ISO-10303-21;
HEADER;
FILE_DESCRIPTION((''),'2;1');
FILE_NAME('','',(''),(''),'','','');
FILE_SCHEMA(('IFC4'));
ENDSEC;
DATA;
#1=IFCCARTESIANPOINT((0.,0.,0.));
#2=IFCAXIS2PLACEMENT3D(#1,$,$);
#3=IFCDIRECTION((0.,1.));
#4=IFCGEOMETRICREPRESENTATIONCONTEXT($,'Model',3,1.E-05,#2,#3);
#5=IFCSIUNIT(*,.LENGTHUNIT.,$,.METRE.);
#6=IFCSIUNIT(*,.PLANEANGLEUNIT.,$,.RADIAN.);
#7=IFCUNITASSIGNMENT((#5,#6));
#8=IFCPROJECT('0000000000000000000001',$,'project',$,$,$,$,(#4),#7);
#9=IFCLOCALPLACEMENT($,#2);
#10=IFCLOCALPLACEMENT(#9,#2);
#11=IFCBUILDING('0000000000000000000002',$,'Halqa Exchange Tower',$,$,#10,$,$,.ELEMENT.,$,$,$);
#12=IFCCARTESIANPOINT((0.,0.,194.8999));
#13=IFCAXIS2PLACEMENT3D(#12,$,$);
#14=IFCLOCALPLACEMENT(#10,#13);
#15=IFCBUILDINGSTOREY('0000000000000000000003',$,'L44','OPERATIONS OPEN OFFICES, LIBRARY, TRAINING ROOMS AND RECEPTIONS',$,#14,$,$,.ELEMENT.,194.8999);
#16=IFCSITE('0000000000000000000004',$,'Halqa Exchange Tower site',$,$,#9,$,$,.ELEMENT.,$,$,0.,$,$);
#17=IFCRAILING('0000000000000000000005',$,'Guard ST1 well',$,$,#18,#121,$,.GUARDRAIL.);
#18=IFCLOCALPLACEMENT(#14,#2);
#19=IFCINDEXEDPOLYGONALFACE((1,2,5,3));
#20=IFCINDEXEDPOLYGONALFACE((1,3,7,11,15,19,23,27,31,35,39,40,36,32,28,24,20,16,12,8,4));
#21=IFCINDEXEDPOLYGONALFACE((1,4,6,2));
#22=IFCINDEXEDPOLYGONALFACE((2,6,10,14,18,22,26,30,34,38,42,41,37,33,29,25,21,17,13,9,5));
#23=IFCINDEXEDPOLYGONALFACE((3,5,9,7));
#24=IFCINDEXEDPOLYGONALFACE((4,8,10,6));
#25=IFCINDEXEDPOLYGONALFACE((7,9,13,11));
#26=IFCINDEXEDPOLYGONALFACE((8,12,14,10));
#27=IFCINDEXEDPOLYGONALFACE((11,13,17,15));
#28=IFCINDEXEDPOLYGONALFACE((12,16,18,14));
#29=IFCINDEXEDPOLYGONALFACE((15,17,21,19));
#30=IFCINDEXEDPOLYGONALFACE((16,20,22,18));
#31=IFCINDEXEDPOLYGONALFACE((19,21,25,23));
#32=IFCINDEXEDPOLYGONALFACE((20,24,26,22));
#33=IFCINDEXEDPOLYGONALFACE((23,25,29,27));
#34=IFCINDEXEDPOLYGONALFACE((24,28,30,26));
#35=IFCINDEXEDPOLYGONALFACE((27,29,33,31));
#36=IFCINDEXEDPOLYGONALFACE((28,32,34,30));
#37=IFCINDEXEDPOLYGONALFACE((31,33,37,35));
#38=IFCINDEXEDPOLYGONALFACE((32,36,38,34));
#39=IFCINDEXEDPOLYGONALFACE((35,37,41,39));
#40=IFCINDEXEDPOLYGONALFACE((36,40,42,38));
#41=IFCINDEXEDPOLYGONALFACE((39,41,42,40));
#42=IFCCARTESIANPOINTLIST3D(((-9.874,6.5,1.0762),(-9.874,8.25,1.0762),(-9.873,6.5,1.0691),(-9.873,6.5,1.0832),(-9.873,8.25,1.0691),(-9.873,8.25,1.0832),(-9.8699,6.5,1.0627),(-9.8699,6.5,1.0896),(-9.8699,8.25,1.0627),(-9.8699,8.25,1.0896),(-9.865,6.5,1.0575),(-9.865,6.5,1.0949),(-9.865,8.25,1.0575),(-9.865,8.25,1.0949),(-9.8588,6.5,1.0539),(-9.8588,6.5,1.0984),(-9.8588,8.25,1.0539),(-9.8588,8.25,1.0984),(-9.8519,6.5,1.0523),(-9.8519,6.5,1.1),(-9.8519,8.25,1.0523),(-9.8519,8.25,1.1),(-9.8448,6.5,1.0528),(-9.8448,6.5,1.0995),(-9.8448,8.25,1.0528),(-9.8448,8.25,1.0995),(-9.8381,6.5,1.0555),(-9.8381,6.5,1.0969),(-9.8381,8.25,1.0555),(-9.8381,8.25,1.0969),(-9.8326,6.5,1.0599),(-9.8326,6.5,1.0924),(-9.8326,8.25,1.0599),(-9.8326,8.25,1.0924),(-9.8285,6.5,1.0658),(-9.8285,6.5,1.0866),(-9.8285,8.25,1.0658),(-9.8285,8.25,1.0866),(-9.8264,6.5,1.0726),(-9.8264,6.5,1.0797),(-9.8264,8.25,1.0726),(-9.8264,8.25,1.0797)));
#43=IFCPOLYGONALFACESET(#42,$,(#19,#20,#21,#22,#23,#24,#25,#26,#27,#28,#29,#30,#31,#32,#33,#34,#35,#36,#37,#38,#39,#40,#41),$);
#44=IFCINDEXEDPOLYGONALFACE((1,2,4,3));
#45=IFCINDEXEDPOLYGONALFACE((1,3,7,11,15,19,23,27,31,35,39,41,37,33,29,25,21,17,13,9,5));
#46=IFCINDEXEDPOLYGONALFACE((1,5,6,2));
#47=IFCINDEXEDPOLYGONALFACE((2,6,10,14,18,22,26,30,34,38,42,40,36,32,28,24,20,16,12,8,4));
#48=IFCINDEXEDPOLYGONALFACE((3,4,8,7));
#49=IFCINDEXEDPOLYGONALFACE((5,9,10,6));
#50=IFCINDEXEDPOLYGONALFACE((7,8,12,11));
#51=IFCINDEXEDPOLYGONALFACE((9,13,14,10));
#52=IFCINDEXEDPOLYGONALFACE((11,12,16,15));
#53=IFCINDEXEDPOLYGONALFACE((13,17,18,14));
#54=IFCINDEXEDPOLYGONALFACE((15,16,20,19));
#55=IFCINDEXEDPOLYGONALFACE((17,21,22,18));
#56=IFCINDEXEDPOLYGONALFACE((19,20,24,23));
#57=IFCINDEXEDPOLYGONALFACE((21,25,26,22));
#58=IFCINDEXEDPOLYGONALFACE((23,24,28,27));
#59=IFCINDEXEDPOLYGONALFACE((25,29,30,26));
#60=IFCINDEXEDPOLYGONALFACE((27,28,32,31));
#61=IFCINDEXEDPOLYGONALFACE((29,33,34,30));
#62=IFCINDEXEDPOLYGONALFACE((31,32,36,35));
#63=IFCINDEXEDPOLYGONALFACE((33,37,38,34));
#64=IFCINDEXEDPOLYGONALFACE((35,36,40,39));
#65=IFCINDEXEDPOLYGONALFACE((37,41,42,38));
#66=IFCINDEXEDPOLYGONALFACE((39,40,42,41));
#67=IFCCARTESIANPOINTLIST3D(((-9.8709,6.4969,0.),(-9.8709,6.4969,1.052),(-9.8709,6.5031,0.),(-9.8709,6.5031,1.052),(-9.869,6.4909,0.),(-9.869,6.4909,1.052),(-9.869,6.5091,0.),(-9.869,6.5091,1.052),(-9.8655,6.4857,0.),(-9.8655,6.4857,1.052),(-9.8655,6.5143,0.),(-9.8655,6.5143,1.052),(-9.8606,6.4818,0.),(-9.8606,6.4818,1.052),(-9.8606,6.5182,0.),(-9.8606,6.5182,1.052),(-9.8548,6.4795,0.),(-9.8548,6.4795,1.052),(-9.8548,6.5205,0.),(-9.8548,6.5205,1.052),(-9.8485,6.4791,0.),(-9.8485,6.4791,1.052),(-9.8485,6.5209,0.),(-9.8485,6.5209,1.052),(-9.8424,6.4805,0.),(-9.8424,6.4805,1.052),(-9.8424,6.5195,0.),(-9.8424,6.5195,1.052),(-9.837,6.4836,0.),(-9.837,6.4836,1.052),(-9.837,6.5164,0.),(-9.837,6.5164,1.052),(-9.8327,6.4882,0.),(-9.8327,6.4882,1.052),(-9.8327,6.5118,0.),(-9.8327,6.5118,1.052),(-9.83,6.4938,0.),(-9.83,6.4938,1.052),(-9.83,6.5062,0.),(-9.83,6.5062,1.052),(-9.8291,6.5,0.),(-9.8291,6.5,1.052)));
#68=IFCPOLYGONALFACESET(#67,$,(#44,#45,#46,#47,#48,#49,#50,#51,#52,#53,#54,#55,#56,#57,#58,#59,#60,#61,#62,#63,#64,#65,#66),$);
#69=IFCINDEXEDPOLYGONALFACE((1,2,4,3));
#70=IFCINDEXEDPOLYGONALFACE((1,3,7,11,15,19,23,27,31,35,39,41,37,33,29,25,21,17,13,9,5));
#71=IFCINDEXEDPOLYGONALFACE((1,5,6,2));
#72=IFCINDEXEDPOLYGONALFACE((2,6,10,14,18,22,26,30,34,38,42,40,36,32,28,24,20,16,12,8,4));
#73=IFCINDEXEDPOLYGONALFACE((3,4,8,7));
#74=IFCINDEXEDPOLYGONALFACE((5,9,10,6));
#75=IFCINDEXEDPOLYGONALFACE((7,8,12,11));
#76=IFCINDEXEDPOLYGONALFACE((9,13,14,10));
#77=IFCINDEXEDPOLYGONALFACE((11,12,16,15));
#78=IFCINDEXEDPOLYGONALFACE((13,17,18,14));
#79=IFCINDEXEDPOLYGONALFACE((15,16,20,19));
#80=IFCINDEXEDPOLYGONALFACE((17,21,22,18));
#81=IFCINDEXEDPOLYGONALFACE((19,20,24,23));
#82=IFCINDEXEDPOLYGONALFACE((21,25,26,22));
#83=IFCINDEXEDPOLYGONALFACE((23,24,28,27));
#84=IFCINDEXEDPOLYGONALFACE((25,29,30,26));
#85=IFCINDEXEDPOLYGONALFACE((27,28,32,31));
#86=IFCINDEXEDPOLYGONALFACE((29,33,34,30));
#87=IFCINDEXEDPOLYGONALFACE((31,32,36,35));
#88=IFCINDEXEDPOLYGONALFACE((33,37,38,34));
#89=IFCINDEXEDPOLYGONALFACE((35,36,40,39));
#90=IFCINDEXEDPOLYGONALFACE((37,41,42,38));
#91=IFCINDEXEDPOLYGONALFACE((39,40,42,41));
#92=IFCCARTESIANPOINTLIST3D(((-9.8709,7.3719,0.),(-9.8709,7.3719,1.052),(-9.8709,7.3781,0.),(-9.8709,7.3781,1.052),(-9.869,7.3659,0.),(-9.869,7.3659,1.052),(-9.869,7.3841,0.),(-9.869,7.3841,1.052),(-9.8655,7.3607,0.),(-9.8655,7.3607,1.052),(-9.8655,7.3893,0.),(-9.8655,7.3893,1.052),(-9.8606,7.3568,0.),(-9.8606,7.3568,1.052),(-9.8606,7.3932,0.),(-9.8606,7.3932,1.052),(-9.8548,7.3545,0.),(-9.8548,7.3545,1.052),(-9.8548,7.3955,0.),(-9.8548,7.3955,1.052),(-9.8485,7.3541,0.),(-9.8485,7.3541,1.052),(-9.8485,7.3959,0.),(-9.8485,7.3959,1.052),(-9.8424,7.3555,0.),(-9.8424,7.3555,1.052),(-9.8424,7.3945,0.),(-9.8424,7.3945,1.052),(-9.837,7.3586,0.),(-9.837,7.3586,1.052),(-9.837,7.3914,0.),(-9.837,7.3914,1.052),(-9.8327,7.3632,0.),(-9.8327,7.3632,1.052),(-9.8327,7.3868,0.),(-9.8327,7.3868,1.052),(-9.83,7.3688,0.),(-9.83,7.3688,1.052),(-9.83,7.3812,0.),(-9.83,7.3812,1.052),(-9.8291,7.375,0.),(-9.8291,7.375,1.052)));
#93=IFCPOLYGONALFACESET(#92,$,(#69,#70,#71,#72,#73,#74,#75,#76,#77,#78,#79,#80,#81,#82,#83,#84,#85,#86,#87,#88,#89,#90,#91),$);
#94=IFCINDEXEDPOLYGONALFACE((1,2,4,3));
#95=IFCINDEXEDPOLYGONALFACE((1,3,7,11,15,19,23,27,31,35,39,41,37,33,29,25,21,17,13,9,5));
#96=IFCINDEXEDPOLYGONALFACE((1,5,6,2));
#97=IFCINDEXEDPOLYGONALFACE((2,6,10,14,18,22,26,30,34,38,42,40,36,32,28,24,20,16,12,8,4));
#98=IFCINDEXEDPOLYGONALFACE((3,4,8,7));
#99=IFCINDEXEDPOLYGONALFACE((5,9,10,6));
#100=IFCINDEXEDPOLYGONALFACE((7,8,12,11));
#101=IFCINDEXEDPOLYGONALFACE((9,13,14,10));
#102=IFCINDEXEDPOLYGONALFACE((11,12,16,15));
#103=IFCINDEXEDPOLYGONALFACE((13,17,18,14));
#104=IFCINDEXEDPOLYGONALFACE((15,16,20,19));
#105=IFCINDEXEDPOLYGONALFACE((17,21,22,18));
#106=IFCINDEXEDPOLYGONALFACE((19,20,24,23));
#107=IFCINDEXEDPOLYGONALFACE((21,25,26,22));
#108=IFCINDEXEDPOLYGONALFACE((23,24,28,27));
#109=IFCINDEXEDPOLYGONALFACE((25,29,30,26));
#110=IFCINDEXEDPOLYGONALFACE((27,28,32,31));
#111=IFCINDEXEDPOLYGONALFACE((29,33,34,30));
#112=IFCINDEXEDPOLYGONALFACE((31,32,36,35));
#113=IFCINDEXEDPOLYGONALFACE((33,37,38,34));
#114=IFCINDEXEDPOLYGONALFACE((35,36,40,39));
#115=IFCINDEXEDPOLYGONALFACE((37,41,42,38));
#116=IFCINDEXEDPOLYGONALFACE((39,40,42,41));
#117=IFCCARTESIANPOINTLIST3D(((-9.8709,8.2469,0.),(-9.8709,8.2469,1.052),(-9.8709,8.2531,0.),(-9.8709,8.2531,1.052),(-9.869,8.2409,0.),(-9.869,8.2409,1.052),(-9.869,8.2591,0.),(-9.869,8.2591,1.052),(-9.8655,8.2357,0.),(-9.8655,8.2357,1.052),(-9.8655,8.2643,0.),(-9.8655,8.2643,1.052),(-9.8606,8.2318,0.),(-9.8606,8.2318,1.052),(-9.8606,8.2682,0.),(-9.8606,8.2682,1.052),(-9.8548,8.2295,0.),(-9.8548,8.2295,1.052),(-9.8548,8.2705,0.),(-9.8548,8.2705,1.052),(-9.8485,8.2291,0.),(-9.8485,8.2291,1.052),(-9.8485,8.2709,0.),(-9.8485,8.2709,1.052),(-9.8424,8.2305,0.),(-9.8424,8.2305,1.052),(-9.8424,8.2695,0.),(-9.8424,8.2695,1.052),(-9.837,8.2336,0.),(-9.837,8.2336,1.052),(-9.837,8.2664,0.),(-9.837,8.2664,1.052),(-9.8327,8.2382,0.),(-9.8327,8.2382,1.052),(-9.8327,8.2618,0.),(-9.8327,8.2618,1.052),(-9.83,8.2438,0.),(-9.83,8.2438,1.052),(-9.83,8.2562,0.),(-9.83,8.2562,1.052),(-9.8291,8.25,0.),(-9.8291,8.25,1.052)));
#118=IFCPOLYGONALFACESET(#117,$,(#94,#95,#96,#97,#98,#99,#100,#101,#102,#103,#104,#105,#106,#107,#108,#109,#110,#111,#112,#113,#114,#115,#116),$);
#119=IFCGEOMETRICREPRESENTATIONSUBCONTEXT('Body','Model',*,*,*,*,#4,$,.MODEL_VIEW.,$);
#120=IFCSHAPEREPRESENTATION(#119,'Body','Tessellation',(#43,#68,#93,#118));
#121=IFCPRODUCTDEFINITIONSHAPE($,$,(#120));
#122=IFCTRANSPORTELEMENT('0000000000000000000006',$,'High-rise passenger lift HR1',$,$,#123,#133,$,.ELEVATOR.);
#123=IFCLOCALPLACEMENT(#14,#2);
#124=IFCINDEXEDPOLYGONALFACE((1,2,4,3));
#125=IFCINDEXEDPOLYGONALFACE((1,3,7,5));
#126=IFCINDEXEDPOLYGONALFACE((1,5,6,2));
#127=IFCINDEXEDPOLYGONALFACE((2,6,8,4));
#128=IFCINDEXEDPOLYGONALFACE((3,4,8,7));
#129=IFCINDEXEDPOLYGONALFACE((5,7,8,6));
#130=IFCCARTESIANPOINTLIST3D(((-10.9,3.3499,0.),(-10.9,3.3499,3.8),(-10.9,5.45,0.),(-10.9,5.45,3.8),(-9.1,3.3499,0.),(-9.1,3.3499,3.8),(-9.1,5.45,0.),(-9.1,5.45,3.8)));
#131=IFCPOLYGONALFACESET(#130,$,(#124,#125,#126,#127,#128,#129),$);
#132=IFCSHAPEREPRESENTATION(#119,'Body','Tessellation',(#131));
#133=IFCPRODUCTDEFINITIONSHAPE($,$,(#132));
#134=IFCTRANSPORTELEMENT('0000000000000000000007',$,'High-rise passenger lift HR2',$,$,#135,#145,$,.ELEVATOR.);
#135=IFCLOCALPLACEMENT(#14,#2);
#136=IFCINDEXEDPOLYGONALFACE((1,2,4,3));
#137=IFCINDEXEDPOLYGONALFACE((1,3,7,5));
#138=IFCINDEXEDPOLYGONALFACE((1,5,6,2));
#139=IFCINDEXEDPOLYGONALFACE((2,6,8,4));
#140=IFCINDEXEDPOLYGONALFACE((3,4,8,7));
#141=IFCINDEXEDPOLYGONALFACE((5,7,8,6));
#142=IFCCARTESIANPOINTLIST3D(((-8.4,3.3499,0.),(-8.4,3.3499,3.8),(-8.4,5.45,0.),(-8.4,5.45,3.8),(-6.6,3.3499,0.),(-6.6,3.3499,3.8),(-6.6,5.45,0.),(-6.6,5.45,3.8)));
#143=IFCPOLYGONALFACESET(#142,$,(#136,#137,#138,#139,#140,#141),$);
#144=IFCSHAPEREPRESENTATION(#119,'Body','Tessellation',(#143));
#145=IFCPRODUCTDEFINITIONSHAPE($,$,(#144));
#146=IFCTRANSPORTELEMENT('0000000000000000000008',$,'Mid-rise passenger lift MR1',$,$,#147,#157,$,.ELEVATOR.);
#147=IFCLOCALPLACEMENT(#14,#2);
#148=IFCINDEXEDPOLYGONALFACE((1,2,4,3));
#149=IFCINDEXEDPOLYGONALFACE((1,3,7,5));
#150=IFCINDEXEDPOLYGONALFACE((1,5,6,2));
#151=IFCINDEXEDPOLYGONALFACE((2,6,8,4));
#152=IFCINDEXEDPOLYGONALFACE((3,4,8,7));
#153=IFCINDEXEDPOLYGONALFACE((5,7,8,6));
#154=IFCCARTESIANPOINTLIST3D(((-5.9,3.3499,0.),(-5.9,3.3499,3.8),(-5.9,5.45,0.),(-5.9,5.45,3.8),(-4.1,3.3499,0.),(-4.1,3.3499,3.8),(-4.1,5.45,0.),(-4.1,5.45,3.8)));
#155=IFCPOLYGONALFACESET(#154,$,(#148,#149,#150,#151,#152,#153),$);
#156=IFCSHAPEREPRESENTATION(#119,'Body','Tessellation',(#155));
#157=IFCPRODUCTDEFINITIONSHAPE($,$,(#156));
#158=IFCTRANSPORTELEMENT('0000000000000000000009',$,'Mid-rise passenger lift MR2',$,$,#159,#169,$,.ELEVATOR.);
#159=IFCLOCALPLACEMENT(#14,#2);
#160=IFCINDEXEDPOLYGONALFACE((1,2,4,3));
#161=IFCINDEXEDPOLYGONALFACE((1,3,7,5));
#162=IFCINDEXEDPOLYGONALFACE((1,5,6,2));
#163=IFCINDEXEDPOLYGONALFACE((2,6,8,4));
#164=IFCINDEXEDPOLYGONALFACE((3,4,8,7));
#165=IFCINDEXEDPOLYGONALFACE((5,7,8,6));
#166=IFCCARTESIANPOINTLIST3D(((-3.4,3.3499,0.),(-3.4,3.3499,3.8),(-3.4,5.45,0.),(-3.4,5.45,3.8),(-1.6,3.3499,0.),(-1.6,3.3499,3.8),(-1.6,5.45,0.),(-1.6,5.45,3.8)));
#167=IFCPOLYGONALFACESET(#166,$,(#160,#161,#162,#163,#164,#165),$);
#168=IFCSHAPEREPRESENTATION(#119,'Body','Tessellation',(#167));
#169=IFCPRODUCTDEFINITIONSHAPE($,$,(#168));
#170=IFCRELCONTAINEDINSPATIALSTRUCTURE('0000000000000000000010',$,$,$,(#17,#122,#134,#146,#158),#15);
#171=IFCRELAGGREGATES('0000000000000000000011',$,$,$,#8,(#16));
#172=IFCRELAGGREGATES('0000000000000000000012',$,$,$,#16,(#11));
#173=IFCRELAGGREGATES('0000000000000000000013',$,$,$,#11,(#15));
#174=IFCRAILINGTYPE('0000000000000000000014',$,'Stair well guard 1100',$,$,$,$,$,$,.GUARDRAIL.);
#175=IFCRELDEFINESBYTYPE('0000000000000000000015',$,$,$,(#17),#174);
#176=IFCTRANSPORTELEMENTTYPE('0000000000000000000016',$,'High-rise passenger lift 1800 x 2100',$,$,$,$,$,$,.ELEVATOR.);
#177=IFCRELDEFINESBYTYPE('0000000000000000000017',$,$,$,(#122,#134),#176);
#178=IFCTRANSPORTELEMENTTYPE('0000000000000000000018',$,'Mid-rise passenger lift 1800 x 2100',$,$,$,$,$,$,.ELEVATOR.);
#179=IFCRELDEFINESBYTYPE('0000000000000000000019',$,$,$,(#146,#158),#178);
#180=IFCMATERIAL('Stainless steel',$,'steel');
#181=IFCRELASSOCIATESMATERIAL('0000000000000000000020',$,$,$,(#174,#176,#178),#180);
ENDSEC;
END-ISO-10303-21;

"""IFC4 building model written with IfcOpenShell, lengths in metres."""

from ifc_helpers import new_model, si_unit, direction, frame, origin, origin_2d, place, context, subcontext, project, spatial, rectangle, circle, extrude, material, type_object, element, save


model = new_model("IFC4")

# Units and contexts
model_context = context("Model", 3, precision=1e-05, world=origin(), true_north=direction((0.0, 1.0)))
body_context = subcontext(model_context, "Body", "Model", "MODEL_VIEW")
ifc_project = project(units=[si_unit("LENGTHUNIT", "METRE"), si_unit("PLANEANGLEUNIT", "RADIAN")], contexts=[model_context])

# Site, building, storey
site_placement = place(None, origin())
site = spatial("IfcSite", under=ifc_project, at=site_placement, Name="Halqa Exchange Tower site", CompositionType="ELEMENT", RefElevation=0.0)
building_placement = place(site_placement, origin())
building = spatial("IfcBuilding", under=site, at=building_placement, Name="Halqa Exchange Tower", CompositionType="ELEMENT")
storey_placement = place(building_placement, frame((0.0, 0.0, 194.8999)))
storey = spatial("IfcBuildingStorey", under=building, at=storey_placement, Name="L44", Description="OPERATIONS OPEN OFFICES, LIBRARY, TRAINING ROOMS AND RECEPTIONS", CompositionType="ELEMENT", Elevation=194.8999)

# Shared definitions
ifc_material_1 = material(Name="Stainless steel", Category="steel")

# Railing
railing_type_1 = type_object("IfcRailingType", Name="Stair well guard 1100", PredefinedType="GUARDRAIL", material=ifc_material_1)
railing_1_placement = place(storey_placement, frame((-9.8501, 6.5, 0.0)))
element("IfcRailing", 1, at=railing_1_placement, inside=storey, type_object=railing_type_1, Name="Guard ST1 well", PredefinedType="GUARDRAIL", context=body_context, shape_type="SweptSolid", body=[
    extrude(circle(Radius=0.0239, at=origin_2d()), frame((0.0, 0.0, 1.0762), z_axis=(0.0, 1.0, 0.0), x_axis=(-1.0, 0.0, 0.0)), (0.0, 0.0, 1.0), 1.75),
    extrude(circle(Radius=0.021, at=origin_2d()), origin(), (0.0, 0.0, 1.0), 1.052),
    extrude(circle(Radius=0.021, at=origin_2d()), frame((0.0, 0.875, 0.0)), (0.0, 0.0, 1.0), 1.052),
    extrude(circle(Radius=0.021, at=origin_2d()), frame((0.0, 1.75, 0.0)), (0.0, 0.0, 1.0), 1.052),
])

# Transport elements
transport_element_type_1 = type_object("IfcTransportElementType", Name="High-rise passenger lift 1800 x 2100", PredefinedType="ELEVATOR", material=ifc_material_1)
for number, where, z_axis, x_axis, name in (
    (2, (-10.0, 4.3999, 0.0), (0.0, 0.0, 1.0), (1.0, 0.0, 0.0), "High-rise passenger lift HR1"),
    (3, (-7.5, 4.3999, 0.0), (0.0, 0.0, 1.0), (1.0, 0.0, 0.0), "High-rise passenger lift HR2"),
):
    element("IfcTransportElement", number, at=place(storey_placement, frame(where, z_axis=z_axis, x_axis=x_axis)), inside=storey, type_object=transport_element_type_1, Name=name, PredefinedType="ELEVATOR", context=body_context, shape_type="SweptSolid", body=[
        extrude(rectangle(XDim=1.8, YDim=2.1001, at=origin_2d()), origin(), (0.0, 0.0, 1.0), 3.8),
    ])
transport_element_type_2 = type_object("IfcTransportElementType", Name="Mid-rise passenger lift 1800 x 2100", PredefinedType="ELEVATOR", material=ifc_material_1)
for number, where, z_axis, x_axis, name in (
    (4, (-5.0, 4.3999, 0.0), (0.0, 0.0, 1.0), (1.0, 0.0, 0.0), "Mid-rise passenger lift MR1"),
    (5, (-2.5, 4.3999, 0.0), (0.0, 0.0, 1.0), (1.0, 0.0, 0.0), "Mid-rise passenger lift MR2"),
):
    element("IfcTransportElement", number, at=place(storey_placement, frame(where, z_axis=z_axis, x_axis=x_axis)), inside=storey, type_object=transport_element_type_2, Name=name, PredefinedType="ELEVATOR", context=body_context, shape_type="SweptSolid", body=[
        extrude(rectangle(XDim=1.8, YDim=2.1001, at=origin_2d()), origin(), (0.0, 0.0, 1.0), 3.8),
    ])

save(model, "model.ifc")
